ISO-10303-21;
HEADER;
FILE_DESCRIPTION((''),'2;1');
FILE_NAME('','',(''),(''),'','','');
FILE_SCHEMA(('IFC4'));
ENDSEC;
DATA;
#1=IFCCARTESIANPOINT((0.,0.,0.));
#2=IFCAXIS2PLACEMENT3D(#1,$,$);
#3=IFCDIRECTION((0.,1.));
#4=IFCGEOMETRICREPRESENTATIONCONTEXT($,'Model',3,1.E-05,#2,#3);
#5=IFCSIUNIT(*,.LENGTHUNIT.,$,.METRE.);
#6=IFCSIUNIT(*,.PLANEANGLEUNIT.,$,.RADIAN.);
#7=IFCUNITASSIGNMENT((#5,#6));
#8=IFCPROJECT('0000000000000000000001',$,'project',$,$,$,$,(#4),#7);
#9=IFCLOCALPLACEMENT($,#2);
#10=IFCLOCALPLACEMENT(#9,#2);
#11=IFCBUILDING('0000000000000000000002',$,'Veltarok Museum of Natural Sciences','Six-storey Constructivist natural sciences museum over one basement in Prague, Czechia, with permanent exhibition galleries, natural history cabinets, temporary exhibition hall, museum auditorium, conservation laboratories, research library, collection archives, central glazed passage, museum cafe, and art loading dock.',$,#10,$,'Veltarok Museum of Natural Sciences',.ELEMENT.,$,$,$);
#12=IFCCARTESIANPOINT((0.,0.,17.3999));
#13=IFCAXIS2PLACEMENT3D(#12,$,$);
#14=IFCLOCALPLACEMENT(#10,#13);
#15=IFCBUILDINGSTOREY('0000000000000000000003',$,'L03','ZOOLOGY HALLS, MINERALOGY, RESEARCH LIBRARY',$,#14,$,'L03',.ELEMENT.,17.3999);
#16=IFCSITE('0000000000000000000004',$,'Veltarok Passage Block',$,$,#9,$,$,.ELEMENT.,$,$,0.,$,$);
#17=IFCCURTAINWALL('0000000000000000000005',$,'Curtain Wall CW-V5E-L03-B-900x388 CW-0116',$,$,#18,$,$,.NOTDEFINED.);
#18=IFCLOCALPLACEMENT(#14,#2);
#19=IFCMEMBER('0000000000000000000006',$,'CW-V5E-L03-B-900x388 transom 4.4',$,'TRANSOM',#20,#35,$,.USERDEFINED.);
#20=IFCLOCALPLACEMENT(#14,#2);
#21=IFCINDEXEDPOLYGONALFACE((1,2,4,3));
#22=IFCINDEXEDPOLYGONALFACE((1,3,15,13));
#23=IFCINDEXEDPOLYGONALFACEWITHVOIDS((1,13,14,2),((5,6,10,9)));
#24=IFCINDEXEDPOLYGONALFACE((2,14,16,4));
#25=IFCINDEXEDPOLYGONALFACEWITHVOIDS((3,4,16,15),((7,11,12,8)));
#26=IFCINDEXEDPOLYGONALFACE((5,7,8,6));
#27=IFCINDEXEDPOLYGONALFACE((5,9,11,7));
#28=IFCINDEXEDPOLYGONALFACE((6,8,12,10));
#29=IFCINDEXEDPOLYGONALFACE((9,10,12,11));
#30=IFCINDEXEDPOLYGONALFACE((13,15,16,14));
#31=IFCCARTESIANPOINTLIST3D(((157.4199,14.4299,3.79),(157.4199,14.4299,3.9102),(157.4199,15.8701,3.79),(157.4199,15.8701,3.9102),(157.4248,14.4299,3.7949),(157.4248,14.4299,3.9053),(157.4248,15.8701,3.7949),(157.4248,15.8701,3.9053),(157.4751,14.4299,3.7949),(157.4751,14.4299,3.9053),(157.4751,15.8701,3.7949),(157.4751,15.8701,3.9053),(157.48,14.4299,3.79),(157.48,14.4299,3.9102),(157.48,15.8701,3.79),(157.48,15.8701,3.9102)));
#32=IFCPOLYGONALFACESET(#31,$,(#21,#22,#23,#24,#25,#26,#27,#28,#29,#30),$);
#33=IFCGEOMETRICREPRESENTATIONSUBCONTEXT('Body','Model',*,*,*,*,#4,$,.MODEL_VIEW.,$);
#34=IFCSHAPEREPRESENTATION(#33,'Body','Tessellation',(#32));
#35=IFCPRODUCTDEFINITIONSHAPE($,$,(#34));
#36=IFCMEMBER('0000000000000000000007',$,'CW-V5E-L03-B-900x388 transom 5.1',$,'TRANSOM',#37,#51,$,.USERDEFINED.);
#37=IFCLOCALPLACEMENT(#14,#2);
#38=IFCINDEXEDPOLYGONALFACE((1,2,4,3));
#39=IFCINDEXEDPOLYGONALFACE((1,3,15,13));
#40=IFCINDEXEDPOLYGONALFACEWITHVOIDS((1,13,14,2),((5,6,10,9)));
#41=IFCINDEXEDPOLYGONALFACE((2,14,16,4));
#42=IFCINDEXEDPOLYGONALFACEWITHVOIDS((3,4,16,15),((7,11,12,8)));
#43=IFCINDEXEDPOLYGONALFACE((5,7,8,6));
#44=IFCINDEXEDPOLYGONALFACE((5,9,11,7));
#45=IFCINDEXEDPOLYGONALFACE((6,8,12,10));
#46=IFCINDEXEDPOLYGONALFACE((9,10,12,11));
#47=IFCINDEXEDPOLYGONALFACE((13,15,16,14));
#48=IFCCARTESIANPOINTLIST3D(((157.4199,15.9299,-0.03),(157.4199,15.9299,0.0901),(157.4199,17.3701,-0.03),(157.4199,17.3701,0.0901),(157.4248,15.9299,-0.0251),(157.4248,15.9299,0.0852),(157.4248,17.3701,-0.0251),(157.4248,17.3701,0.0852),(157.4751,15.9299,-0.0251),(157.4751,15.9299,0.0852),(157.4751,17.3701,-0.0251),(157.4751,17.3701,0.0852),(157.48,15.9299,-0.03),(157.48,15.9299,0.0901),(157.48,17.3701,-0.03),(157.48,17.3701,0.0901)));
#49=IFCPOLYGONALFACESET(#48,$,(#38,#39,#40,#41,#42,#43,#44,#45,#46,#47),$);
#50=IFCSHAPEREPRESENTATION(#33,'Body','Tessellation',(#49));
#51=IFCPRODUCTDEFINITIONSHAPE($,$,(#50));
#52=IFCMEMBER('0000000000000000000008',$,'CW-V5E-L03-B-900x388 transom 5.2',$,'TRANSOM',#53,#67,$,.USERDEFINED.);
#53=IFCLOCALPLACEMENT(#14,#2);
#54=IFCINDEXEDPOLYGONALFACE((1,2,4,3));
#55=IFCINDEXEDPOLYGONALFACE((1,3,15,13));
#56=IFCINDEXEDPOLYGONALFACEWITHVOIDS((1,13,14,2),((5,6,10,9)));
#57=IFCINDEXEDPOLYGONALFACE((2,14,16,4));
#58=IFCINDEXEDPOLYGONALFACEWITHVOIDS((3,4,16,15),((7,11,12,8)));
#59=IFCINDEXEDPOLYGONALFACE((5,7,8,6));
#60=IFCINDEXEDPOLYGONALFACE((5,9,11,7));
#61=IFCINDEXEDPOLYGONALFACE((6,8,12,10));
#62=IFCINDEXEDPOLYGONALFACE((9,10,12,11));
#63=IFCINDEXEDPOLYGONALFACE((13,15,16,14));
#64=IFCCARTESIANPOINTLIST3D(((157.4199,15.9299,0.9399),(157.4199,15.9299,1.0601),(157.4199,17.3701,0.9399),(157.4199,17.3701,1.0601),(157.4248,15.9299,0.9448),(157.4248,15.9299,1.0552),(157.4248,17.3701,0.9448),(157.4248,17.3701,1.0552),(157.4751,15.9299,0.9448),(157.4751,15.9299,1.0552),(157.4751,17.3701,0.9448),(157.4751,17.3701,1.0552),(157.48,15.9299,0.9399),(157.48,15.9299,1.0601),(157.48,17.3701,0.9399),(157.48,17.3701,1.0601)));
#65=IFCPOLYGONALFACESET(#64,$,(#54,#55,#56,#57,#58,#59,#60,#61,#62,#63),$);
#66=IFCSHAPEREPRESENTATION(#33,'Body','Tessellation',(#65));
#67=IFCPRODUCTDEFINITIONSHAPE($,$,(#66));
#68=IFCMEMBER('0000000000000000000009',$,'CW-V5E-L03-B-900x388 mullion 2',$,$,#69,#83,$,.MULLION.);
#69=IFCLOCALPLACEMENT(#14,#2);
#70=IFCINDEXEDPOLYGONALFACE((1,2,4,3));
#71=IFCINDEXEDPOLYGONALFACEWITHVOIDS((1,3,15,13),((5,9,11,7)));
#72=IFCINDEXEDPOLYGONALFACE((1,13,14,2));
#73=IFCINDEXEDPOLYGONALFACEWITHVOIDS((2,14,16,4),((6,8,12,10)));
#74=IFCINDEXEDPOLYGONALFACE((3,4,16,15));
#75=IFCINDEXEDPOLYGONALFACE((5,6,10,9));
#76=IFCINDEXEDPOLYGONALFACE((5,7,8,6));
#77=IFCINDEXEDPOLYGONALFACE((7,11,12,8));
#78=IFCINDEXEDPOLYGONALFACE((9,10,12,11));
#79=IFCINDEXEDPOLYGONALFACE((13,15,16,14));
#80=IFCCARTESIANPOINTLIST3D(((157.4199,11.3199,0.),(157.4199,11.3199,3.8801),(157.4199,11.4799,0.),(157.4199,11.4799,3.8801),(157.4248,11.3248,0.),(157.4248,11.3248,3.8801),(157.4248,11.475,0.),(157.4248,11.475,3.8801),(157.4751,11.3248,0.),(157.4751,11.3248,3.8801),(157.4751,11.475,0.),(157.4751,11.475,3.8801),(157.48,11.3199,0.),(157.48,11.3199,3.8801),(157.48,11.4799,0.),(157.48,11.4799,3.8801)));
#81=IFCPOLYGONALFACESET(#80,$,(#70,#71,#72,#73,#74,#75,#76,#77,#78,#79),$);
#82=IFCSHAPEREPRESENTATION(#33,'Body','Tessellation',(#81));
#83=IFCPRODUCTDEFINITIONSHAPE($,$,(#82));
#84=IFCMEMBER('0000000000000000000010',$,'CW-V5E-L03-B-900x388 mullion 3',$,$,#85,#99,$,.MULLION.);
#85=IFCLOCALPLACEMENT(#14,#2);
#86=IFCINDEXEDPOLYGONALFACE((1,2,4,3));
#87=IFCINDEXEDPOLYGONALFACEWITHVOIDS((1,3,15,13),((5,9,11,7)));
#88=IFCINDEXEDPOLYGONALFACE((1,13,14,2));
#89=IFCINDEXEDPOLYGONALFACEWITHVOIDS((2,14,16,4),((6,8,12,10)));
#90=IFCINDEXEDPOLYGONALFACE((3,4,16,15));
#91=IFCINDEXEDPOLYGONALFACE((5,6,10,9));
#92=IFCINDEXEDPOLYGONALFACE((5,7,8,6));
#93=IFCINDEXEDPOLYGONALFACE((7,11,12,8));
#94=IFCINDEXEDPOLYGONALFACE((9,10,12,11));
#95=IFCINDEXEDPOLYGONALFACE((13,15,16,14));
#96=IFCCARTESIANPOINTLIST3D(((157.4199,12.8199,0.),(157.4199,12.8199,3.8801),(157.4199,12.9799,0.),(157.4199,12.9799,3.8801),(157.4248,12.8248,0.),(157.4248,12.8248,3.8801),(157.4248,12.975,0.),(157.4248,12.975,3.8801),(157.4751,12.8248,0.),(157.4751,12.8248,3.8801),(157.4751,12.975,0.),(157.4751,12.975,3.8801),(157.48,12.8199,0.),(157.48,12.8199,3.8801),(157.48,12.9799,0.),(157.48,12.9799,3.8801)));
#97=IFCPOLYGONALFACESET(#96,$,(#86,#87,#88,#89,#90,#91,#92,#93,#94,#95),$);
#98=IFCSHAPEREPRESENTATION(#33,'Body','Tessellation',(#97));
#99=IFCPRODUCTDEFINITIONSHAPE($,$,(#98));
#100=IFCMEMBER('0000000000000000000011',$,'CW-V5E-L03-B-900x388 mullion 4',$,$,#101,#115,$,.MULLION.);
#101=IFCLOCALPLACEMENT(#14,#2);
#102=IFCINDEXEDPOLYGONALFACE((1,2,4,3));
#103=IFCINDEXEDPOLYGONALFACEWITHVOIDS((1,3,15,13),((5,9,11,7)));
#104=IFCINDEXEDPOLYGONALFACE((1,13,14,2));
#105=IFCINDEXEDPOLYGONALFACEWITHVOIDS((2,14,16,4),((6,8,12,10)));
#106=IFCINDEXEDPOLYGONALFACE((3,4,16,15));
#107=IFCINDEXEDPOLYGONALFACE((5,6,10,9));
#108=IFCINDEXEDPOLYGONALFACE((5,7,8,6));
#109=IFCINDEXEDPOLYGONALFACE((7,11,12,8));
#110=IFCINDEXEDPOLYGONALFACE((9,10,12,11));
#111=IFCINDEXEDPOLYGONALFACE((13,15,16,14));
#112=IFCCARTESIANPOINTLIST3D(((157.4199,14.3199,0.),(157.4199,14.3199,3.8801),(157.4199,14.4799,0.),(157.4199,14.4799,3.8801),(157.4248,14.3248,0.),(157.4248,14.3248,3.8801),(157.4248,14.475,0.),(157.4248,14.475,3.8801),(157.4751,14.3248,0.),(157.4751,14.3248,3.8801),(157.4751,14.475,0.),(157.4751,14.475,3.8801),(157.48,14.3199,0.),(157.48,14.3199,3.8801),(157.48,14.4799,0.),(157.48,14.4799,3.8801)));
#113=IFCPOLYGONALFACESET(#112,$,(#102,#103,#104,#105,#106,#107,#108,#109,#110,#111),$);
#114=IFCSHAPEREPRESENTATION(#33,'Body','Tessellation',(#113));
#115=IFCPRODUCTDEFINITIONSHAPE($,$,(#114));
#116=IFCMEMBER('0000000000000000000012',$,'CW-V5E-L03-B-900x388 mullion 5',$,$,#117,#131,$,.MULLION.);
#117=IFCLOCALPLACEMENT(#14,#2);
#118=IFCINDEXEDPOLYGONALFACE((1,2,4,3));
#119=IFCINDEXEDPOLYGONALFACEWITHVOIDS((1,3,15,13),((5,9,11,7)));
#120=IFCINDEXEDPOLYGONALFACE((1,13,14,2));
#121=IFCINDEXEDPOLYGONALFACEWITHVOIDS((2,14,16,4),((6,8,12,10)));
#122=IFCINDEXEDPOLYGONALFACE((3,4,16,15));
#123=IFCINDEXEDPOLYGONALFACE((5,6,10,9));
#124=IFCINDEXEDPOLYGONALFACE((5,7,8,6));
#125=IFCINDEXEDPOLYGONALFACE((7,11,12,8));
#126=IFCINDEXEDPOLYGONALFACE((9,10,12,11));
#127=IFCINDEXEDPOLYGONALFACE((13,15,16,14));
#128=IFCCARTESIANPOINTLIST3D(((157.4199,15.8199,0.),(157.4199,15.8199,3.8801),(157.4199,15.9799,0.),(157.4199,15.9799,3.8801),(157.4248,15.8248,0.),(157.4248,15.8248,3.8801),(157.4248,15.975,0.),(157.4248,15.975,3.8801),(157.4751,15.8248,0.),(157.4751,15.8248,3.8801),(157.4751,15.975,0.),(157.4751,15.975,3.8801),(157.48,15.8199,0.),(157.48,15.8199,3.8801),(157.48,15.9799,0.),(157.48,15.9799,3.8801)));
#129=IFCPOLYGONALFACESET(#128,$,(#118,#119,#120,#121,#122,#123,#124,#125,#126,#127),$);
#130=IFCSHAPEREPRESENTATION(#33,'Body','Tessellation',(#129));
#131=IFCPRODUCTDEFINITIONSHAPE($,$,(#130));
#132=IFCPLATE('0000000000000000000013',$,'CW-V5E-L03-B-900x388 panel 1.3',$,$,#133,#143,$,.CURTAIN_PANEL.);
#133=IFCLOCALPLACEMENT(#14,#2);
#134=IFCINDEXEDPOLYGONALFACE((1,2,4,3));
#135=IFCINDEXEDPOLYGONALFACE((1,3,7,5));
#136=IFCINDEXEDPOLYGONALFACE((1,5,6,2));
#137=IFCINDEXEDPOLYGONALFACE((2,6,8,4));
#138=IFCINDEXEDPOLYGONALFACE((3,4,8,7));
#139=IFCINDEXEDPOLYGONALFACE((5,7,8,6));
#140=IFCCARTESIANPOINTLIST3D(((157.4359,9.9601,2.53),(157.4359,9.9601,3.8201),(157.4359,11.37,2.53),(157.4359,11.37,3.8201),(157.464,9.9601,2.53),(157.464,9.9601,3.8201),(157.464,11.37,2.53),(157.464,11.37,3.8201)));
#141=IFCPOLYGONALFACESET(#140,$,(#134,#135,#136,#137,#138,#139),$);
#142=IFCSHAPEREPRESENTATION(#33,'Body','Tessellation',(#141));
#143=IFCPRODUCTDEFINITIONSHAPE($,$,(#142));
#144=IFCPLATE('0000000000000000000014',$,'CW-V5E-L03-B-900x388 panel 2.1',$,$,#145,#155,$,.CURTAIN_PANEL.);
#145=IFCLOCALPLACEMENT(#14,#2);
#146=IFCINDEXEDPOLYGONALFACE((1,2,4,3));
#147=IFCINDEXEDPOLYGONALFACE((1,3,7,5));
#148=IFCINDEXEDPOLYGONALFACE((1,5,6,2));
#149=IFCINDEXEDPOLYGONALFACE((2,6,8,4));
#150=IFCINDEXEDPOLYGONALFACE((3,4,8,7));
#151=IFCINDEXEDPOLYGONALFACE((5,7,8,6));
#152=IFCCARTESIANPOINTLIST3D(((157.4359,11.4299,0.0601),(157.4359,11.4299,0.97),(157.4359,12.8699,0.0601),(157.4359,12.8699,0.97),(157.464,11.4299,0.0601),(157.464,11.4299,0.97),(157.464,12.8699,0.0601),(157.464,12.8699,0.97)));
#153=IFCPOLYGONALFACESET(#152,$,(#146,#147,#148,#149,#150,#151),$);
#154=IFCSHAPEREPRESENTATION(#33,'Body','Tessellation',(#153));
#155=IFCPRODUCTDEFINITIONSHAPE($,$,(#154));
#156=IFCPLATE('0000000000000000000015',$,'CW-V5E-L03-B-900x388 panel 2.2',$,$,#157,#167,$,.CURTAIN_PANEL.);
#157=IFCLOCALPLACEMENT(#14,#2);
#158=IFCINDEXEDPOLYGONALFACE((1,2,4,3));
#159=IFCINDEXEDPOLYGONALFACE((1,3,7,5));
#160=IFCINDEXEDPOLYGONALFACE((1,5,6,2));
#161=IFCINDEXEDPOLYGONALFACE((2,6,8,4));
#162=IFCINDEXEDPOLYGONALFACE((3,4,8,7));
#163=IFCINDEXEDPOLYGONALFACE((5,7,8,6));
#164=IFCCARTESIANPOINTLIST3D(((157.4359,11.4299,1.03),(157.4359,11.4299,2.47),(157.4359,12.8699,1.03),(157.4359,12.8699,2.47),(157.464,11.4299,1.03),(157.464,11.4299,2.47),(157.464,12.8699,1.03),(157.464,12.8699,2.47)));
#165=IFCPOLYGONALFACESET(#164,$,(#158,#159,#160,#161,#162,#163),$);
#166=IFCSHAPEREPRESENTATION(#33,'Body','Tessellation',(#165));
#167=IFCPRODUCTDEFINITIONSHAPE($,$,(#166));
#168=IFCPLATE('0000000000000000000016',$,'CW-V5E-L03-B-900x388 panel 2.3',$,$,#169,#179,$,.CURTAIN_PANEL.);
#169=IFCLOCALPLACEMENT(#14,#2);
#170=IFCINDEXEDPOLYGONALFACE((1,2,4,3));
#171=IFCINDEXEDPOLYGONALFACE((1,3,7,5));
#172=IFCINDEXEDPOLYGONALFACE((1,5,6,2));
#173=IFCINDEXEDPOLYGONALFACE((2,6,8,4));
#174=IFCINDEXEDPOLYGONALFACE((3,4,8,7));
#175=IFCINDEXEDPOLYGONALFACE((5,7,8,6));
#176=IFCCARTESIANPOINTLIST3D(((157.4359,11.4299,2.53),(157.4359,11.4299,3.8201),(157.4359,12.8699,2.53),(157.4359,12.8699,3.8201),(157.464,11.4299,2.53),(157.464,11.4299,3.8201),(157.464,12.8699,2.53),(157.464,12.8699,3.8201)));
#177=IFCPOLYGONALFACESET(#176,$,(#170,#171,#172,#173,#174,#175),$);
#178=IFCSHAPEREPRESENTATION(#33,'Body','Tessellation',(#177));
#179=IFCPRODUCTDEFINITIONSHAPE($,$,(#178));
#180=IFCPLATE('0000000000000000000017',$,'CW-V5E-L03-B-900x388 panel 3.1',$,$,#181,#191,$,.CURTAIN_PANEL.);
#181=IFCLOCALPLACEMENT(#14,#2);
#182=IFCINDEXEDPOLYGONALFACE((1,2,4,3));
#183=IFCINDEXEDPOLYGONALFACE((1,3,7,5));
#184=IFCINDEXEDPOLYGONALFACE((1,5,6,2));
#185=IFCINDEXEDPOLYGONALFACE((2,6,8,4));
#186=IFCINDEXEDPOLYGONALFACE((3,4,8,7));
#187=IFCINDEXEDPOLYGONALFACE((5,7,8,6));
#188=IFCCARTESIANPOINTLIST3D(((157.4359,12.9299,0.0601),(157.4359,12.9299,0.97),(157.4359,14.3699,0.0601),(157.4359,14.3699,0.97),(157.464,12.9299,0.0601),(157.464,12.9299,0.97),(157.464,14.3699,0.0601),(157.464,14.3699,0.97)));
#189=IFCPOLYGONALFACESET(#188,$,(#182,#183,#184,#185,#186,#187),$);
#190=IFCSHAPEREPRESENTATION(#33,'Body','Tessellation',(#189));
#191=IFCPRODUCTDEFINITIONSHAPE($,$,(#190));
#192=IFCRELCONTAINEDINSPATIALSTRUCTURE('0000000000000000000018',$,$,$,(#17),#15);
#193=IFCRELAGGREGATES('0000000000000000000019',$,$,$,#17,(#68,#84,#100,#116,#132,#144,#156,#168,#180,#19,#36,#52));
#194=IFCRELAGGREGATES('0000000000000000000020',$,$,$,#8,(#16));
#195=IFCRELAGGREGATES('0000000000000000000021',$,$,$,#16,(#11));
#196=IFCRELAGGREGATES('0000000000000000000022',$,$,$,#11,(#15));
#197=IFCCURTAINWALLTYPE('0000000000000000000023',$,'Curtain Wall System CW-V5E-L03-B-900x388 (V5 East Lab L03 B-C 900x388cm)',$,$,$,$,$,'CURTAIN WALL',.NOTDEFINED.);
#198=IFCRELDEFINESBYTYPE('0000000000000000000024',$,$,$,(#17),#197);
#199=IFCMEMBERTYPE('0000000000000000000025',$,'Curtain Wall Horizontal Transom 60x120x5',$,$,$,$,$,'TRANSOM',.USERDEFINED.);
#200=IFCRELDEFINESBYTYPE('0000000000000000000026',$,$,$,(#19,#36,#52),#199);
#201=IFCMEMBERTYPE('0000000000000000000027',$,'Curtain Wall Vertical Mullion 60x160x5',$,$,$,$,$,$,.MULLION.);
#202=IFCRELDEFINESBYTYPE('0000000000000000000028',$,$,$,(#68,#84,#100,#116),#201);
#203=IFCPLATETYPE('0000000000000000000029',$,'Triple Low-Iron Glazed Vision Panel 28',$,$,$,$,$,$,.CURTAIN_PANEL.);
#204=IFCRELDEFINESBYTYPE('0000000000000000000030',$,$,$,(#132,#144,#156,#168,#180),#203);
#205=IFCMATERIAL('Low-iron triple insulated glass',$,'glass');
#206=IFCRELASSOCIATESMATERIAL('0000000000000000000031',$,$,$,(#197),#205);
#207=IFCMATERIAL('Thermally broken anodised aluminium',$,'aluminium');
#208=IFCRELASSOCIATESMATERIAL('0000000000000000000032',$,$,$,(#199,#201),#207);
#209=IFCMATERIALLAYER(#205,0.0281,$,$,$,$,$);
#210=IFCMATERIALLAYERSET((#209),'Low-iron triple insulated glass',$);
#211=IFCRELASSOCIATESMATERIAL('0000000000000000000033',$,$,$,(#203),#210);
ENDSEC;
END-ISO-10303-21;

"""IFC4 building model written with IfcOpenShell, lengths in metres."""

from ifc_helpers import new_model, si_unit, direction, frame, origin, origin_2d, place, context, subcontext, project, spatial, rectangle, hollow_rectangle, extrude, material, layer, layer_set, material_profile, profile_set, type_object, element, aggregate, save


model = new_model("IFC4")

# Units and contexts
model_context = context("Model", 3, precision=1e-05, world=origin(), true_north=direction((0.0, 1.0)))
body_context = subcontext(model_context, "Body", "Model", "MODEL_VIEW")
ifc_project = project(units=[si_unit("LENGTHUNIT", "METRE"), si_unit("PLANEANGLEUNIT", "RADIAN")], contexts=[model_context])

# Site, building, storey
site_placement = place(None, origin())
site = spatial("IfcSite", under=ifc_project, at=site_placement, Name="Veltarok Passage Block", CompositionType="ELEMENT", RefElevation=0.0)
building_placement = place(site_placement, origin())
building = spatial("IfcBuilding", under=site, at=building_placement, Name="Veltarok Museum of Natural Sciences", Description="Six-storey Constructivist natural sciences museum over one basement in Prague, Czechia, with permanent exhibition galleries, natural history cabinets, temporary exhibition hall, museum auditorium, conservation laboratories, research library, collection archives, central glazed passage, museum cafe, and art loading dock.", LongName="Veltarok Museum of Natural Sciences", CompositionType="ELEMENT")
storey_placement = place(building_placement, frame((0.0, 0.0, 17.3999)))
storey = spatial("IfcBuildingStorey", under=building, at=storey_placement, Name="L03", Description="ZOOLOGY HALLS, MINERALOGY, RESEARCH LIBRARY", LongName="L03", CompositionType="ELEMENT", Elevation=17.3999)

# Curtain wall, members, plates
ifc_material_1 = material(Name="Low-iron triple insulated glass", Category="glass")
curtain_wall_type = type_object("IfcCurtainWallType", Name="Curtain Wall System CW-V5E-L03-B-900x388 (V5 East Lab L03 B-C 900x388cm)", ElementType="CURTAIN WALL", PredefinedType="NOTDEFINED", material=ifc_material_1)
curtain_wall_placement = place(storey_placement, origin())
curtain_wall = element("IfcCurtainWall", 1, at=curtain_wall_placement, inside=storey, type_object=curtain_wall_type, Name="Curtain Wall CW-V5E-L03-B-900x388 CW-0116", PredefinedType="NOTDEFINED")
ifc_material_2 = material(Name="Thermally broken anodised aluminium", Category="aluminium")
ifc_material_profile_1 = material_profile(ifc_material_2, hollow_rectangle(XDim=0.0601, YDim=0.1201, WallThickness=0.0049, at=origin_2d()), Name="CW TRANSOM 60x120x5")
ifc_profile_set_1 = profile_set([ifc_material_profile_1], Name="Thermally broken anodised aluminium")
member_type_1 = type_object("IfcMemberType", Name="Curtain Wall Horizontal Transom 60x120x5", ElementType="TRANSOM", PredefinedType="USERDEFINED", material=ifc_profile_set_1)
member_1_placement = place(storey_placement, frame((157.45, 14.4299, 3.8501), z_axis=(0.0, 1.0, 0.0), x_axis=(-1.0, 0.0, 0.0)))
member_1 = element("IfcMember", 2, at=member_1_placement, type_object=member_type_1, Name="CW-V5E-L03-B-900x388 transom 4.4", ObjectType="TRANSOM", PredefinedType="USERDEFINED", context=body_context, shape_type="SweptSolid", body=[
    extrude(hollow_rectangle(XDim=0.0601, YDim=0.1201, WallThickness=0.0049, at=origin_2d()), origin(), (0.0, 0.0, 1.0), 1.4402),
])
member_2_placement = place(storey_placement, frame((157.45, 15.9299, 0.03), z_axis=(0.0, 1.0, 0.0), x_axis=(-1.0, 0.0, 0.0)))
member_2 = element("IfcMember", 3, at=member_2_placement, type_object=member_type_1, Name="CW-V5E-L03-B-900x388 transom 5.1", ObjectType="TRANSOM", PredefinedType="USERDEFINED", context=body_context, shape_type="SweptSolid", body=[
    extrude(hollow_rectangle(XDim=0.0601, YDim=0.1201, WallThickness=0.0049, at=origin_2d()), origin(), (0.0, 0.0, 1.0), 1.4402),
])
member_3_placement = place(storey_placement, frame((157.45, 15.9299, 1.0), z_axis=(0.0, 1.0, 0.0), x_axis=(-1.0, 0.0, 0.0)))
member_3 = element("IfcMember", 4, at=member_3_placement, type_object=member_type_1, Name="CW-V5E-L03-B-900x388 transom 5.2", ObjectType="TRANSOM", PredefinedType="USERDEFINED", context=body_context, shape_type="SweptSolid", body=[
    extrude(hollow_rectangle(XDim=0.0601, YDim=0.1201, WallThickness=0.0049, at=origin_2d()), origin(), (0.0, 0.0, 1.0), 1.4402),
])
ifc_material_profile_2 = material_profile(ifc_material_2, hollow_rectangle(XDim=0.0601, YDim=0.1599, WallThickness=0.0049, at=origin_2d()), Name="CW MULLION 60x160x5")
ifc_profile_set_2 = profile_set([ifc_material_profile_2], Name="Thermally broken anodised aluminium")
member_type_2 = type_object("IfcMemberType", Name="Curtain Wall Vertical Mullion 60x160x5", PredefinedType="MULLION", material=ifc_profile_set_2)
member_4_placement = place(storey_placement, frame((157.45, 11.3999, 0.0), z_axis=(0.0, 0.0, 1.0), x_axis=(-1.0, 0.0, 0.0)))
member_4 = element("IfcMember", 5, at=member_4_placement, type_object=member_type_2, Name="CW-V5E-L03-B-900x388 mullion 2", PredefinedType="MULLION", context=body_context, shape_type="SweptSolid", body=[
    extrude(hollow_rectangle(XDim=0.0601, YDim=0.1599, WallThickness=0.0049, at=origin_2d()), origin(), (0.0, 0.0, 1.0), 3.8801),
])
member_5_placement = place(storey_placement, frame((157.45, 12.8999, 0.0), z_axis=(0.0, 0.0, 1.0), x_axis=(-1.0, 0.0, 0.0)))
member_5 = element("IfcMember", 6, at=member_5_placement, type_object=member_type_2, Name="CW-V5E-L03-B-900x388 mullion 3", PredefinedType="MULLION", context=body_context, shape_type="SweptSolid", body=[
    extrude(hollow_rectangle(XDim=0.0601, YDim=0.1599, WallThickness=0.0049, at=origin_2d()), origin(), (0.0, 0.0, 1.0), 3.8801),
])
member_6_placement = place(storey_placement, frame((157.45, 14.3999, 0.0), z_axis=(0.0, 0.0, 1.0), x_axis=(-1.0, 0.0, 0.0)))
member_6 = element("IfcMember", 7, at=member_6_placement, type_object=member_type_2, Name="CW-V5E-L03-B-900x388 mullion 4", PredefinedType="MULLION", context=body_context, shape_type="SweptSolid", body=[
    extrude(hollow_rectangle(XDim=0.0601, YDim=0.1599, WallThickness=0.0049, at=origin_2d()), origin(), (0.0, 0.0, 1.0), 3.8801),
])
member_7_placement = place(storey_placement, frame((157.45, 15.8999, 0.0), z_axis=(0.0, 0.0, 1.0), x_axis=(-1.0, 0.0, 0.0)))
member_7 = element("IfcMember", 8, at=member_7_placement, type_object=member_type_2, Name="CW-V5E-L03-B-900x388 mullion 5", PredefinedType="MULLION", context=body_context, shape_type="SweptSolid", body=[
    extrude(hollow_rectangle(XDim=0.0601, YDim=0.1599, WallThickness=0.0049, at=origin_2d()), origin(), (0.0, 0.0, 1.0), 3.8801),
])
ifc_layer = layer(ifc_material_1, 0.0281)
ifc_layer_set = layer_set([ifc_layer], Name="Low-iron triple insulated glass")
plate_type = type_object("IfcPlateType", Name="Triple Low-Iron Glazed Vision Panel 28", PredefinedType="CURTAIN_PANEL", material=ifc_layer_set)
plate_1_placement = place(storey_placement, frame((157.45, 10.665, 2.53), z_axis=(0.0, 0.0, 1.0), x_axis=(0.0, 1.0, 0.0)))
plate_1 = element("IfcPlate", 9, at=plate_1_placement, type_object=plate_type, Name="CW-V5E-L03-B-900x388 panel 1.3", PredefinedType="CURTAIN_PANEL", context=body_context, shape_type="SweptSolid", body=[
    extrude(rectangle(XDim=1.4099, YDim=0.0281, at=origin_2d()), origin(), (0.0, 0.0, 1.0), 1.29),
])
plate_2_placement = place(storey_placement, frame((157.45, 12.1499, 0.0601), z_axis=(0.0, 0.0, 1.0), x_axis=(0.0, 1.0, 0.0)))
plate_2 = element("IfcPlate", 10, at=plate_2_placement, type_object=plate_type, Name="CW-V5E-L03-B-900x388 panel 2.1", PredefinedType="CURTAIN_PANEL", context=body_context, shape_type="SweptSolid", body=[
    extrude(rectangle(XDim=1.4399, YDim=0.0281, at=origin_2d()), origin(), (0.0, 0.0, 1.0), 0.9099),
])
plate_3_placement = place(storey_placement, frame((157.45, 12.1499, 1.03), z_axis=(0.0, 0.0, 1.0), x_axis=(0.0, 1.0, 0.0)))
plate_3 = element("IfcPlate", 11, at=plate_3_placement, type_object=plate_type, Name="CW-V5E-L03-B-900x388 panel 2.2", PredefinedType="CURTAIN_PANEL", context=body_context, shape_type="SweptSolid", body=[
    extrude(rectangle(XDim=1.4399, YDim=0.0281, at=origin_2d()), origin(), (0.0, 0.0, 1.0), 1.4399),
])
plate_4_placement = place(storey_placement, frame((157.45, 12.1499, 2.53), z_axis=(0.0, 0.0, 1.0), x_axis=(0.0, 1.0, 0.0)))
plate_4 = element("IfcPlate", 12, at=plate_4_placement, type_object=plate_type, Name="CW-V5E-L03-B-900x388 panel 2.3", PredefinedType="CURTAIN_PANEL", context=body_context, shape_type="SweptSolid", body=[
    extrude(rectangle(XDim=1.4399, YDim=0.0281, at=origin_2d()), origin(), (0.0, 0.0, 1.0), 1.29),
])
plate_5_placement = place(storey_placement, frame((157.45, 13.6499, 0.0601), z_axis=(0.0, 0.0, 1.0), x_axis=(0.0, 1.0, 0.0)))
plate_5 = element("IfcPlate", 13, at=plate_5_placement, type_object=plate_type, Name="CW-V5E-L03-B-900x388 panel 3.1", PredefinedType="CURTAIN_PANEL", context=body_context, shape_type="SweptSolid", body=[
    extrude(rectangle(XDim=1.4399, YDim=0.0281, at=origin_2d()), origin(), (0.0, 0.0, 1.0), 0.9099),
])
aggregate(curtain_wall, [member_4, member_5, member_6, member_7, plate_1, plate_2, plate_3, plate_4, plate_5, member_1, member_2, member_3])

save(model, "model.ifc")
